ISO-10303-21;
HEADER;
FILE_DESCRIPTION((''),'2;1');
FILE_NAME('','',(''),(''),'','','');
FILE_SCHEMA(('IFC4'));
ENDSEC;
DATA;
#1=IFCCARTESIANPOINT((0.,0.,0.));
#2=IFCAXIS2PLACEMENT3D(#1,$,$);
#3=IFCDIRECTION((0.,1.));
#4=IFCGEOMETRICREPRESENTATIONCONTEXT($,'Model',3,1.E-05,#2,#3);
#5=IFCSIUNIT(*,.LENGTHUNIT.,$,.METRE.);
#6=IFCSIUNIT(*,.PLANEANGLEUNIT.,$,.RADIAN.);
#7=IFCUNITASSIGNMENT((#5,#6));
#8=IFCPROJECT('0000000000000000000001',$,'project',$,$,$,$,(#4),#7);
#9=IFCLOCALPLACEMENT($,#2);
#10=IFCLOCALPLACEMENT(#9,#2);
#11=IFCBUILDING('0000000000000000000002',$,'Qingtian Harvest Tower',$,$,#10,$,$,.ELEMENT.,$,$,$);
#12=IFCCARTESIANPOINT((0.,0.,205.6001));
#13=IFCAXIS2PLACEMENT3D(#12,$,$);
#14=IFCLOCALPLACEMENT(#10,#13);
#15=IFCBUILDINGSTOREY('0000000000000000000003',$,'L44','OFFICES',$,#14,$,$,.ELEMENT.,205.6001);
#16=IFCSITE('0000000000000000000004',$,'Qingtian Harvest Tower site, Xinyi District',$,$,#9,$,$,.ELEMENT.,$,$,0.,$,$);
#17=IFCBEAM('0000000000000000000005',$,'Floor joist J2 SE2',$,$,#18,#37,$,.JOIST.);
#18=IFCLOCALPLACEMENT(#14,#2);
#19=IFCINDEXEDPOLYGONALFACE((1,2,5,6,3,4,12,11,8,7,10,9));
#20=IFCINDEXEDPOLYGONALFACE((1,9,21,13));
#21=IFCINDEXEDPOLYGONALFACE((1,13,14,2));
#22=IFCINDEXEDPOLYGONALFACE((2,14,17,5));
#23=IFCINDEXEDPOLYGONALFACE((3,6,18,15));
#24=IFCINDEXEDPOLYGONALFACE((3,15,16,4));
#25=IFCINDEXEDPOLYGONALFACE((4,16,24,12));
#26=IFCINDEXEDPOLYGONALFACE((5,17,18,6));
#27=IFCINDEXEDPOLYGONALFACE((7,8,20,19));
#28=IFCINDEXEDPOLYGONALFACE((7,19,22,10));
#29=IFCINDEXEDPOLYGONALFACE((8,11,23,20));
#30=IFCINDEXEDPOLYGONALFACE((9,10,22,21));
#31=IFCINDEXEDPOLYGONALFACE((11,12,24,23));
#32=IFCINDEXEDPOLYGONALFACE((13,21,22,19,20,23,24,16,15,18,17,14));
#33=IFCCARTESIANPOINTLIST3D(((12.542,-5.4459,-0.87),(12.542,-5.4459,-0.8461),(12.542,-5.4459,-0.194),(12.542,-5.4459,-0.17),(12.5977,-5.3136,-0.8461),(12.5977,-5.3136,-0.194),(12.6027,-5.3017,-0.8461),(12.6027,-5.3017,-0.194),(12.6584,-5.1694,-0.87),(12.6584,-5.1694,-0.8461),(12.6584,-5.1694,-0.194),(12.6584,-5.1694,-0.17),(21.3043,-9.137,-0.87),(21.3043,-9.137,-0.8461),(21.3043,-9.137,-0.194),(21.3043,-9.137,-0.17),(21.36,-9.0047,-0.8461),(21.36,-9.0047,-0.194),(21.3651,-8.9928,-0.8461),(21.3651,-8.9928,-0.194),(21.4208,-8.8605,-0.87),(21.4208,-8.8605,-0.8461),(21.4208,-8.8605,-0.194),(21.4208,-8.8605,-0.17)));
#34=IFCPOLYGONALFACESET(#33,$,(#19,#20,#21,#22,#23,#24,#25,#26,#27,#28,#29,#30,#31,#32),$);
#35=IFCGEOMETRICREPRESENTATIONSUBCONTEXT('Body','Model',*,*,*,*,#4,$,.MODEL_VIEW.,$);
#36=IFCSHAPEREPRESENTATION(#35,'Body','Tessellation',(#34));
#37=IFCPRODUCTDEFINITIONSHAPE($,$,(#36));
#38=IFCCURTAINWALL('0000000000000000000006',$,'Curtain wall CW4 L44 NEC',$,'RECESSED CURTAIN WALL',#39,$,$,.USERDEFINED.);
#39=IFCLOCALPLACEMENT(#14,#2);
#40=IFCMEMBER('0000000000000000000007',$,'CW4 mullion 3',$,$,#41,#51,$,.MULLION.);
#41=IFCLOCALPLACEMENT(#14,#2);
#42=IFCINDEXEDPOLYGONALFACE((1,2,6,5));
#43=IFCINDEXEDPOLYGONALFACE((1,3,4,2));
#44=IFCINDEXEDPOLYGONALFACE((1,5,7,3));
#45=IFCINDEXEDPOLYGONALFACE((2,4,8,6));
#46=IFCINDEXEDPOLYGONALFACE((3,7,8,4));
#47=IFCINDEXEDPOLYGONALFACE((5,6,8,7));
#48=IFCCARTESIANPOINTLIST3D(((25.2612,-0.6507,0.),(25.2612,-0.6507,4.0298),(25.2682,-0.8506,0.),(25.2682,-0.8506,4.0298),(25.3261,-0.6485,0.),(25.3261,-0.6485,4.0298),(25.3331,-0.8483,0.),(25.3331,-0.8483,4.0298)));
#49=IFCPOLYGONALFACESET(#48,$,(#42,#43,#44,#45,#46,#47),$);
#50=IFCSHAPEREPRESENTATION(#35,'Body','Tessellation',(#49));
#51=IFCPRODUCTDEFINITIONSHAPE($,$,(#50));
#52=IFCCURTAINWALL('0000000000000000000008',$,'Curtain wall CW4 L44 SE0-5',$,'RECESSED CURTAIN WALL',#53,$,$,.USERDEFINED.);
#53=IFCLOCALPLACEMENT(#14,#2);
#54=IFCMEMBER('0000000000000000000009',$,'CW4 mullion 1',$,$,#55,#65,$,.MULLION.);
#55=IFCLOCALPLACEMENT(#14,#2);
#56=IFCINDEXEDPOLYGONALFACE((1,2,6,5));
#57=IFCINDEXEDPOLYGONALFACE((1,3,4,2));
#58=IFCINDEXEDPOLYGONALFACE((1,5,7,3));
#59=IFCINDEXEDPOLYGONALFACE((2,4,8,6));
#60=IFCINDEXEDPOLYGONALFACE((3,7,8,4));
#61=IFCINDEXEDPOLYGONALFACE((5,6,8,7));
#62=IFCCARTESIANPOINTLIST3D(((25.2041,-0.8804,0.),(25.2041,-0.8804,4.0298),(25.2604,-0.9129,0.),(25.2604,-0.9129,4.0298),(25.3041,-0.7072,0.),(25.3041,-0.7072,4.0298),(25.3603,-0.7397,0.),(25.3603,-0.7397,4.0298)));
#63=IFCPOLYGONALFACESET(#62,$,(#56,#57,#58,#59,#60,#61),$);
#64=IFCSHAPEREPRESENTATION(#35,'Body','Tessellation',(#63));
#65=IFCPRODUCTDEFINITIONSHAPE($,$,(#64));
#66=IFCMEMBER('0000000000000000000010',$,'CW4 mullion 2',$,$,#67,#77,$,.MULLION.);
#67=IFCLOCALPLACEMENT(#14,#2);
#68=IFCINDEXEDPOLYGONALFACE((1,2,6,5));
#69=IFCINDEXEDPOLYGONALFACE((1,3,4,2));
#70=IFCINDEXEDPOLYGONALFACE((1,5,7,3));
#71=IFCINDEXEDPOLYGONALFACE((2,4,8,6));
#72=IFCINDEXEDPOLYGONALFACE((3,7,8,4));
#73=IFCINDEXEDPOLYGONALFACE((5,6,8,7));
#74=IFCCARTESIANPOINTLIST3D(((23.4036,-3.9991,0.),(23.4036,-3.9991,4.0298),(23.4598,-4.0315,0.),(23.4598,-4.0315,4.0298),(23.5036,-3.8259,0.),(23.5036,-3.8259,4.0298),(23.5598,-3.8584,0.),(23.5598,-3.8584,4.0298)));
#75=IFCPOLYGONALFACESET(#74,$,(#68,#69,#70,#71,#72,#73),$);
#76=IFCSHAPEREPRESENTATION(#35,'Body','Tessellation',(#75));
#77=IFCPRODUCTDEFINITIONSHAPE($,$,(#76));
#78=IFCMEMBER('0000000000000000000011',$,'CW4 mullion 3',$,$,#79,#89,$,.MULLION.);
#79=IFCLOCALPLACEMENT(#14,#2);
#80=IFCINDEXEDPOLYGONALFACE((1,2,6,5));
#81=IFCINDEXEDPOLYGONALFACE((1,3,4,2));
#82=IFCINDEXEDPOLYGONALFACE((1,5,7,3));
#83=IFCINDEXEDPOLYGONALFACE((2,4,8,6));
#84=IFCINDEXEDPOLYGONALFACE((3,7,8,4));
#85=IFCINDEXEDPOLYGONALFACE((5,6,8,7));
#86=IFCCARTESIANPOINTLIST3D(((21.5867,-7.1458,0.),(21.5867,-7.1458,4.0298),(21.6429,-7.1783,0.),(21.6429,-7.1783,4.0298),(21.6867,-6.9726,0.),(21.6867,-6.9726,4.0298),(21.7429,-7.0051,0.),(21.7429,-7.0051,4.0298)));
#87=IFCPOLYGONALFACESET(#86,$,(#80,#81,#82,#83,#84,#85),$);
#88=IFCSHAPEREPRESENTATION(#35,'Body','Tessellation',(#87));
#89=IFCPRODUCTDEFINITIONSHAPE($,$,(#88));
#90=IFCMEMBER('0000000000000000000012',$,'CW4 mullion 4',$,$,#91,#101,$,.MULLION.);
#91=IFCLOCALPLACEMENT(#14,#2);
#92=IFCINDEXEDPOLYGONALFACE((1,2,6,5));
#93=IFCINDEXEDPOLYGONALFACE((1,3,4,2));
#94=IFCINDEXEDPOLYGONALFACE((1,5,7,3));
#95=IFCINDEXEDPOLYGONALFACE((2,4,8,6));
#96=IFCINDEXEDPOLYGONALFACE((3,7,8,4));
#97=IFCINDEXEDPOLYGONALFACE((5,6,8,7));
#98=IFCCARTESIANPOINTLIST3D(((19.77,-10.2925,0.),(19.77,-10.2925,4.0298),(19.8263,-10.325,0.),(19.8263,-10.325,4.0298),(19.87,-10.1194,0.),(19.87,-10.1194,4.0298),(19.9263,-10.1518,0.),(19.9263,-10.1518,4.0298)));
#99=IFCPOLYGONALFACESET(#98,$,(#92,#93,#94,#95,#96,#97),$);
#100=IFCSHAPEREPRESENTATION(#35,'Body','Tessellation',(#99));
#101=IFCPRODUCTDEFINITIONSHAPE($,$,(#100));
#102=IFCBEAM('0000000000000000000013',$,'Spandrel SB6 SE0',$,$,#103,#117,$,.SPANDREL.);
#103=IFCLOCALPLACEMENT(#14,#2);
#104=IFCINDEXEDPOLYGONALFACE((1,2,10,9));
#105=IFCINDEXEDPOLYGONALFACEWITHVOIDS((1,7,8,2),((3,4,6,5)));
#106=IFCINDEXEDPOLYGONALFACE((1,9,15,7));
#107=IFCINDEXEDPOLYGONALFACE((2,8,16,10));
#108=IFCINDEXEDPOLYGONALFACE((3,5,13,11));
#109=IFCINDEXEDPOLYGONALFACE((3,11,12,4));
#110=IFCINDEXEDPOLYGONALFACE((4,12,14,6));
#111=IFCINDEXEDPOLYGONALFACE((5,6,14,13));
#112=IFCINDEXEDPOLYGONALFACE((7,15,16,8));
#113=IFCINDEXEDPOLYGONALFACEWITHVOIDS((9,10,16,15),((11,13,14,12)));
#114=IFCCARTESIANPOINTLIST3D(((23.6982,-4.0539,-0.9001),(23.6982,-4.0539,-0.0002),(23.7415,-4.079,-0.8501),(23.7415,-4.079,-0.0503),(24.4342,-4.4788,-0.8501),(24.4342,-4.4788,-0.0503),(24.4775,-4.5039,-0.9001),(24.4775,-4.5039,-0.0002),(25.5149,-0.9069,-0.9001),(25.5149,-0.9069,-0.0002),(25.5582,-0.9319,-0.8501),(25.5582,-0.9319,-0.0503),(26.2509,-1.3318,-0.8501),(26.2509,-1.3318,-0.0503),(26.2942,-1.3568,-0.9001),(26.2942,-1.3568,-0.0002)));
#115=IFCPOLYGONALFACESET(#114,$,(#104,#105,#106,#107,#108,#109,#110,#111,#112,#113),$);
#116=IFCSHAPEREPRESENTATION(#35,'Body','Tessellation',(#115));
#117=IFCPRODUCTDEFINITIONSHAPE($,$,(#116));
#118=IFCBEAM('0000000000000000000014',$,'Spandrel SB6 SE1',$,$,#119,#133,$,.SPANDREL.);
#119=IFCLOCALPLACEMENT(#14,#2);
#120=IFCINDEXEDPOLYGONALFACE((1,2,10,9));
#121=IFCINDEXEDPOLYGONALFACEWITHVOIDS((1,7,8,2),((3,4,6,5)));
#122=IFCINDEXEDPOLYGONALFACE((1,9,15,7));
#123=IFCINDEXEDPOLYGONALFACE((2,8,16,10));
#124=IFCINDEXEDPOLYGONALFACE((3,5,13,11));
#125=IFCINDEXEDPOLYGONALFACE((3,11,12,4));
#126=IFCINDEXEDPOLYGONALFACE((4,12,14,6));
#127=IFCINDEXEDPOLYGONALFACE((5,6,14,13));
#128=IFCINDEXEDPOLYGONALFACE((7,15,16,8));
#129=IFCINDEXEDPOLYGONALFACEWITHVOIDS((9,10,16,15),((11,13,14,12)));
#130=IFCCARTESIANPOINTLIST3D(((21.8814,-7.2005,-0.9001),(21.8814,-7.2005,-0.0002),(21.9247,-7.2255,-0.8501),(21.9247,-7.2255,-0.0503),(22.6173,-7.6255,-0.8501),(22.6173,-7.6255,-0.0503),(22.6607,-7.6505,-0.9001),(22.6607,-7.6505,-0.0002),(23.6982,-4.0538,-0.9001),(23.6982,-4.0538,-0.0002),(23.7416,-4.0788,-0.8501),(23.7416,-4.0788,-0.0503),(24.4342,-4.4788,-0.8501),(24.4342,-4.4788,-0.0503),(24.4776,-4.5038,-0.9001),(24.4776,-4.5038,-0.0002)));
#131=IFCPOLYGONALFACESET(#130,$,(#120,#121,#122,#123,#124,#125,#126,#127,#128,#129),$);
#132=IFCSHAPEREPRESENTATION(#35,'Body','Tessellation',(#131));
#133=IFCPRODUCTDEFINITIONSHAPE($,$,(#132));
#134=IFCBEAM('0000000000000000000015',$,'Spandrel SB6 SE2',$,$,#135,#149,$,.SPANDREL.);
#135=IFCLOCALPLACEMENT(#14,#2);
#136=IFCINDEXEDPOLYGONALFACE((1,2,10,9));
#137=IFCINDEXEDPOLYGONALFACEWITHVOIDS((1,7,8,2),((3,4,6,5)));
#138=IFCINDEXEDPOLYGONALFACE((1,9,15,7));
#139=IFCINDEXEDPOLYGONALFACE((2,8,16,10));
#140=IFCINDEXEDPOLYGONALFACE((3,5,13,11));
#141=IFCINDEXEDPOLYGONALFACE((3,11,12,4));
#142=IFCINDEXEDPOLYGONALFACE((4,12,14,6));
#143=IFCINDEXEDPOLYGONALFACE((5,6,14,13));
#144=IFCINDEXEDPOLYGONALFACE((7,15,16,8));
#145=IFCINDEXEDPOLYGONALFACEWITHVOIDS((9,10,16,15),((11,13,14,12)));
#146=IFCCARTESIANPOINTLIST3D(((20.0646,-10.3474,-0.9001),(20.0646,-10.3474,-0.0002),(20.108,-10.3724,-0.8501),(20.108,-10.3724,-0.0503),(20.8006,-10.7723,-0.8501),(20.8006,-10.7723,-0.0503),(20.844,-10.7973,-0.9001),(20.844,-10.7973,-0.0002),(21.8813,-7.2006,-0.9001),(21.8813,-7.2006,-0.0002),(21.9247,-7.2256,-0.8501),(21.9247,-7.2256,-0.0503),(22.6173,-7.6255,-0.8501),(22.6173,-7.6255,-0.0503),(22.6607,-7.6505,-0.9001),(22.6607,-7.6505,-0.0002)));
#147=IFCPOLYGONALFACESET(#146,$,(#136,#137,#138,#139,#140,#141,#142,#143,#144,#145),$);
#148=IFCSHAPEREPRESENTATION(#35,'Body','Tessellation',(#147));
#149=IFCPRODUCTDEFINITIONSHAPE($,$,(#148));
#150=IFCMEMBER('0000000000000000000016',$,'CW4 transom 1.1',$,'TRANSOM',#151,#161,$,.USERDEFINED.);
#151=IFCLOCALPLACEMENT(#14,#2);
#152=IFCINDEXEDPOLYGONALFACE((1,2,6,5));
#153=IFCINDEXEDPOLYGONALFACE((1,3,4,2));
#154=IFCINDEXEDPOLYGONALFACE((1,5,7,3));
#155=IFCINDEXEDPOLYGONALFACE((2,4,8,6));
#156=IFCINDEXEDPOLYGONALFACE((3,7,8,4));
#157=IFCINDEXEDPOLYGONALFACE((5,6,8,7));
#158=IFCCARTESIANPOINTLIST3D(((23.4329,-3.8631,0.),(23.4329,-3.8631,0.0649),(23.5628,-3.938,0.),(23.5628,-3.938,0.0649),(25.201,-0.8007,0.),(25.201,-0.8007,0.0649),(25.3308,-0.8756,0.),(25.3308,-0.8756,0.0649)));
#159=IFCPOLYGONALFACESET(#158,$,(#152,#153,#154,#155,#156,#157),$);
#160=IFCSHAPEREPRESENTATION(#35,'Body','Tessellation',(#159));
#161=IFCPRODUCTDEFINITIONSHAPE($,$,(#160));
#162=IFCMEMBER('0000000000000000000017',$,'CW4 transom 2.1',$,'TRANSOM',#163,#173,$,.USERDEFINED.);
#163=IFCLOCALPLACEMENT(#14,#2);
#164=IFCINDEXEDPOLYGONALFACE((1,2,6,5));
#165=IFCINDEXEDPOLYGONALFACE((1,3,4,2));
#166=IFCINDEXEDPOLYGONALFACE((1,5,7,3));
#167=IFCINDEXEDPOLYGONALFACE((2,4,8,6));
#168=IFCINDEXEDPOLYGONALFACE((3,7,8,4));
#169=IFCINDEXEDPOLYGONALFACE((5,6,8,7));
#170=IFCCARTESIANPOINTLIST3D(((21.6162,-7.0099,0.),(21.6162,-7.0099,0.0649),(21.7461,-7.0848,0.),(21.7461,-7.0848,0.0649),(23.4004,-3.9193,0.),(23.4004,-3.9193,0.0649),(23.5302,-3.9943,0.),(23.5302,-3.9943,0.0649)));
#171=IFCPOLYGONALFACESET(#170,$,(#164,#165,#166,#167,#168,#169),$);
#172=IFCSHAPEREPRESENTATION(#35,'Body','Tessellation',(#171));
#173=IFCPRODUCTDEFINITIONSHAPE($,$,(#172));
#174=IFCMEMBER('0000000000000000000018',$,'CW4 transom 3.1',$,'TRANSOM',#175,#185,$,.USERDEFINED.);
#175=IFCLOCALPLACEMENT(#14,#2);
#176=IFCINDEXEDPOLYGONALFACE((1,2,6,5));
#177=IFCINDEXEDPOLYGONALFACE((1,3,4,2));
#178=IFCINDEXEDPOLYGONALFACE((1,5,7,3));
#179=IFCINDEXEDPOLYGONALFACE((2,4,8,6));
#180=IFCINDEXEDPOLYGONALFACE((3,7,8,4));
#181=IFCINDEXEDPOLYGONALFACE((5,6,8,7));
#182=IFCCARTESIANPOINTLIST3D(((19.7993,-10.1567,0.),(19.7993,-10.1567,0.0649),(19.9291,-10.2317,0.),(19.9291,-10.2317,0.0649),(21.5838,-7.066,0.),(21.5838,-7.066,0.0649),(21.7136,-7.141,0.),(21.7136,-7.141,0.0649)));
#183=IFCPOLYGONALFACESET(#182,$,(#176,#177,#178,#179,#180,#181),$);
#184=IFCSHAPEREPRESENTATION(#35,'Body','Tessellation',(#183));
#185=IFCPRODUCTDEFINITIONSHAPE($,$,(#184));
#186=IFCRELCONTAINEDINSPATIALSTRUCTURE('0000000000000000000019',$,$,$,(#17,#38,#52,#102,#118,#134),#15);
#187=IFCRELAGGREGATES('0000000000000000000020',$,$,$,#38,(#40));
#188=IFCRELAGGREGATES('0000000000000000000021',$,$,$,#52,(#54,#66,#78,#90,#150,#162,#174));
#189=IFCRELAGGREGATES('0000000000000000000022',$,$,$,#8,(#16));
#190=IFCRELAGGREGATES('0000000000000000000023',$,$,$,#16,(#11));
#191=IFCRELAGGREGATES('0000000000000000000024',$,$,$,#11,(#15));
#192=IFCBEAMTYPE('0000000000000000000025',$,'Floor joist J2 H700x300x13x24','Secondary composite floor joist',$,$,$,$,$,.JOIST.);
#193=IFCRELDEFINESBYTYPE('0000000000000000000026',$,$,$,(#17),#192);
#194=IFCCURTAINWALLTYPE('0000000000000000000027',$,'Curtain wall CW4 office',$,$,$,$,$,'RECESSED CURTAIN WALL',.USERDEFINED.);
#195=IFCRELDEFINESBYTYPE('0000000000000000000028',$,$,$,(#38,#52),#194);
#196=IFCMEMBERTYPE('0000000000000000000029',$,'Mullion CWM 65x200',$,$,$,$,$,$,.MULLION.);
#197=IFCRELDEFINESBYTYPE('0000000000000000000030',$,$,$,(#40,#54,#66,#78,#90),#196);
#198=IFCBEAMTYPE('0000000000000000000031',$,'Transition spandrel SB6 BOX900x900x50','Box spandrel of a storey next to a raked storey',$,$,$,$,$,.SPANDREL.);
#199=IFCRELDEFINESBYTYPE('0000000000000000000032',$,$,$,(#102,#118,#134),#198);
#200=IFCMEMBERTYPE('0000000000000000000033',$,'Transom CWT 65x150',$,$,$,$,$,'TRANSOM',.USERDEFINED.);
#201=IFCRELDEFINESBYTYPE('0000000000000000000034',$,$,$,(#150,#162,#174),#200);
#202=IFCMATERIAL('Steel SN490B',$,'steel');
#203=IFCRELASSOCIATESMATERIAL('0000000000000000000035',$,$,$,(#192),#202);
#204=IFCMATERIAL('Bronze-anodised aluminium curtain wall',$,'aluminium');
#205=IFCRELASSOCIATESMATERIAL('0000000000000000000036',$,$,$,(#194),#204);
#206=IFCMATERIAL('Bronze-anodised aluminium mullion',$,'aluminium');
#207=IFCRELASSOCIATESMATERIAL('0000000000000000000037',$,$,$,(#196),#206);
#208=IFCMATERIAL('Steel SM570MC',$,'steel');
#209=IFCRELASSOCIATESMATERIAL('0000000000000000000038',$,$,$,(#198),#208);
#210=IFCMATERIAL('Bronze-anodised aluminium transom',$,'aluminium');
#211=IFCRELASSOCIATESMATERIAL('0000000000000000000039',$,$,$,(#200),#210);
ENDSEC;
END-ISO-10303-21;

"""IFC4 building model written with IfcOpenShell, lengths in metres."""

from ifc_helpers import new_model, si_unit, direction, frame, origin, origin_2d, place, context, subcontext, project, spatial, rectangle, hollow_rectangle, i_section, extrude, material, material_profile, profile_set, type_object, element, aggregate, save


model = new_model("IFC4")

# Units and contexts
model_context = context("Model", 3, precision=1e-05, world=origin(), true_north=direction((0.0, 1.0)))
body_context = subcontext(model_context, "Body", "Model", "MODEL_VIEW")
ifc_project = project(units=[si_unit("LENGTHUNIT", "METRE"), si_unit("PLANEANGLEUNIT", "RADIAN")], contexts=[model_context])

# Site, building, storey
site_placement = place(None, origin())
site = spatial("IfcSite", under=ifc_project, at=site_placement, Name="Qingtian Harvest Tower site, Xinyi District", CompositionType="ELEMENT", RefElevation=0.0)
building_placement = place(site_placement, origin())
building = spatial("IfcBuilding", under=site, at=building_placement, Name="Qingtian Harvest Tower", CompositionType="ELEMENT")
storey_placement = place(building_placement, frame((0.0, 0.0, 205.6001)))
storey = spatial("IfcBuildingStorey", under=building, at=storey_placement, Name="L44", Description="OFFICES", CompositionType="ELEMENT", Elevation=205.6001)

# Beam
ifc_material_1 = material(Name="Steel SN490B", Category="steel")
ifc_material_profile_1 = material_profile(ifc_material_1, i_section(OverallWidth=0.3, OverallDepth=0.7, WebThickness=0.0129, FlangeThickness=0.0239, at=origin_2d()), Name="H700x300x13x24")
ifc_profile_set_1 = profile_set([ifc_material_profile_1], Name="Steel SN490B")
beam_type_1 = type_object("IfcBeamType", Name="Floor joist J2 H700x300x13x24", Description="Secondary composite floor joist", PredefinedType="JOIST", material=ifc_profile_set_1)
beam_1_placement = place(storey_placement, frame((21.3625, -8.9988, -0.52), z_axis=(-0.921571, 0.38821, 0.0), x_axis=(-0.38821, -0.921571, 0.0)))
element("IfcBeam", 1, at=beam_1_placement, inside=storey, type_object=beam_type_1, Name="Floor joist J2 SE2", PredefinedType="JOIST", context=body_context, shape_type="SweptSolid", body=[
    extrude(i_section(OverallWidth=0.3, OverallDepth=0.7, WebThickness=0.0129, FlangeThickness=0.0239, at=origin_2d()), origin(), (0.0, 0.0, 1.0), 9.5081),
])

# Curtain wall, member
ifc_material_2 = material(Name="Bronze-anodised aluminium curtain wall", Category="aluminium")
curtain_wall_type = type_object("IfcCurtainWallType", Name="Curtain wall CW4 office", ElementType="RECESSED CURTAIN WALL", PredefinedType="USERDEFINED", material=ifc_material_2)
curtain_wall_1_placement = place(storey_placement, origin())
curtain_wall_1 = element("IfcCurtainWall", 2, at=curtain_wall_1_placement, inside=storey, type_object=curtain_wall_type, Name="Curtain wall CW4 L44 NEC", ObjectType="RECESSED CURTAIN WALL", PredefinedType="USERDEFINED")
ifc_material_3 = material(Name="Bronze-anodised aluminium mullion", Category="aluminium")
ifc_material_profile_2 = material_profile(ifc_material_3, rectangle(XDim=0.0649, YDim=0.2, at=origin_2d()), Name="AL 65x200")
ifc_profile_set_2 = profile_set([ifc_material_profile_2], Name="Bronze-anodised aluminium mullion")
member_type_1 = type_object("IfcMemberType", Name="Mullion CWM 65x200", PredefinedType="MULLION", material=ifc_profile_set_2)
member_1_placement = place(storey_placement, frame((25.2971, -0.7495, 0.0), z_axis=(0.0, 0.0, 1.0), x_axis=(0.999391, 0.034899, 0.0)))
member_1 = element("IfcMember", 3, at=member_1_placement, type_object=member_type_1, Name="CW4 mullion 3", PredefinedType="MULLION", context=body_context, shape_type="SweptSolid", body=[
    extrude(rectangle(XDim=0.0649, YDim=0.2, at=origin_2d()), origin(), (0.0, 0.0, 1.0), 4.0298),
])
aggregate(curtain_wall_1, [member_1])

# Curtain wall, members
curtain_wall_2_placement = place(storey_placement, origin())
curtain_wall_2 = element("IfcCurtainWall", 4, at=curtain_wall_2_placement, inside=storey, type_object=curtain_wall_type, Name="Curtain wall CW4 L44 SE0-5", ObjectType="RECESSED CURTAIN WALL", PredefinedType="USERDEFINED")
member_2_placement = place(storey_placement, frame((25.2822, -0.8101, 0.0), z_axis=(0.0, 0.0, 1.0), x_axis=(0.866025, -0.5, 0.0)))
member_2 = element("IfcMember", 5, at=member_2_placement, type_object=member_type_1, Name="CW4 mullion 1", PredefinedType="MULLION", context=body_context, shape_type="SweptSolid", body=[
    extrude(rectangle(XDim=0.0649, YDim=0.2, at=origin_2d()), origin(), (0.0, 0.0, 1.0), 4.0298),
])
member_3_placement = place(storey_placement, frame((23.4817, -3.9287, 0.0), z_axis=(0.0, 0.0, 1.0), x_axis=(0.866025, -0.5, 0.0)))
member_3 = element("IfcMember", 6, at=member_3_placement, type_object=member_type_1, Name="CW4 mullion 2", PredefinedType="MULLION", context=body_context, shape_type="SweptSolid", body=[
    extrude(rectangle(XDim=0.0649, YDim=0.2, at=origin_2d()), origin(), (0.0, 0.0, 1.0), 4.0298),
])
member_4_placement = place(storey_placement, frame((21.6648, -7.0754, 0.0), z_axis=(0.0, 0.0, 1.0), x_axis=(0.866025, -0.5, 0.0)))
member_4 = element("IfcMember", 7, at=member_4_placement, type_object=member_type_1, Name="CW4 mullion 3", PredefinedType="MULLION", context=body_context, shape_type="SweptSolid", body=[
    extrude(rectangle(XDim=0.0649, YDim=0.2, at=origin_2d()), origin(), (0.0, 0.0, 1.0), 4.0298),
])
member_5_placement = place(storey_placement, frame((19.8481, -10.2222, 0.0), z_axis=(0.0, 0.0, 1.0), x_axis=(0.866025, -0.5, 0.0)))
member_5 = element("IfcMember", 8, at=member_5_placement, type_object=member_type_1, Name="CW4 mullion 4", PredefinedType="MULLION", context=body_context, shape_type="SweptSolid", body=[
    extrude(rectangle(XDim=0.0649, YDim=0.2, at=origin_2d()), origin(), (0.0, 0.0, 1.0), 4.0298),
])

# Beams
ifc_material_4 = material(Name="Steel SM570MC", Category="steel")
ifc_material_profile_3 = material_profile(ifc_material_4, hollow_rectangle(XDim=0.8999, YDim=0.8999, WallThickness=0.05, at=origin_2d()), Name="BOX900x900x50")
ifc_profile_set_3 = profile_set([ifc_material_profile_3], Name="Steel SM570MC")
beam_type_2 = type_object("IfcBeamType", Name="Transition spandrel SB6 BOX900x900x50", Description="Box spandrel of a storey next to a raked storey", PredefinedType="SPANDREL", material=ifc_profile_set_3)
beam_2_placement = place(storey_placement, frame((25.9045, -1.1318, -0.4502), z_axis=(-0.499947, -0.866056, 0.0), x_axis=(0.866056, -0.499947, 0.0)))
element("IfcBeam", 9, at=beam_2_placement, inside=storey, type_object=beam_type_2, Name="Spandrel SB6 SE0", PredefinedType="SPANDREL", context=body_context, shape_type="SweptSolid", body=[
    extrude(hollow_rectangle(XDim=0.8999, YDim=0.8999, WallThickness=0.05, at=origin_2d()), origin(), (0.0, 0.0, 1.0), 3.6338),
])
for number, where, z_axis, x_axis, name in (
    (10, (24.0879, -4.2788, -0.4502), (-0.500027, -0.86601, 0.0), (0.86601, -0.500027, 0.0), "Spandrel SB6 SE1"),
    (11, (22.271, -7.4255, -0.4502), (-0.499976, -0.866039, 0.0), (0.866039, -0.499976, 0.0), "Spandrel SB6 SE2"),
):
    element("IfcBeam", number, at=place(storey_placement, frame(where, z_axis=z_axis, x_axis=x_axis)), inside=storey, type_object=beam_type_2, Name=name, PredefinedType="SPANDREL", context=body_context, shape_type="SweptSolid", body=[
        extrude(hollow_rectangle(XDim=0.8999, YDim=0.8999, WallThickness=0.05, at=origin_2d()), origin(), (0.0, 0.0, 1.0), 3.6335),
    ])

# Members
ifc_material_5 = material(Name="Bronze-anodised aluminium transom", Category="aluminium")
ifc_material_profile_4 = material_profile(ifc_material_5, rectangle(XDim=0.1499, YDim=0.0649, at=origin_2d()), Name="AL 65x150")
ifc_profile_set_4 = profile_set([ifc_material_profile_4], Name="Bronze-anodised aluminium transom")
member_type_2 = type_object("IfcMemberType", Name="Transom CWT 65x150", ElementType="TRANSOM", PredefinedType="USERDEFINED", material=ifc_profile_set_4)
member_6_placement = place(storey_placement, frame((25.2659, -0.8381, 0.0325), z_axis=(-0.499985, -0.866034, 0.0), x_axis=(0.866034, -0.499985, 0.0)))
member_6 = element("IfcMember", 12, at=member_6_placement, type_object=member_type_2, Name="CW4 transom 1.1", ObjectType="TRANSOM", PredefinedType="USERDEFINED", context=body_context, shape_type="SweptSolid", body=[
    extrude(rectangle(XDim=0.1499, YDim=0.0649, at=origin_2d()), origin(), (0.0, 0.0, 1.0), 3.5361),
])
member_7_placement = place(storey_placement, frame((23.4653, -3.9568, 0.0325), z_axis=(-0.499965, -0.866045, 0.0), x_axis=(0.866045, -0.499965, 0.0)))
member_7 = element("IfcMember", 13, at=member_7_placement, type_object=member_type_2, Name="CW4 transom 2.1", ObjectType="TRANSOM", PredefinedType="USERDEFINED", context=body_context, shape_type="SweptSolid", body=[
    extrude(rectangle(XDim=0.1499, YDim=0.0649, at=origin_2d()), origin(), (0.0, 0.0, 1.0), 3.5686),
])
member_8_placement = place(storey_placement, frame((21.6487, -7.1035, 0.0325), z_axis=(-0.500017, -0.866016, 0.0), x_axis=(0.866016, -0.500017, 0.0)))
member_8 = element("IfcMember", 14, at=member_8_placement, type_object=member_type_2, Name="CW4 transom 3.1", ObjectType="TRANSOM", PredefinedType="USERDEFINED", context=body_context, shape_type="SweptSolid", body=[
    extrude(rectangle(XDim=0.1499, YDim=0.0649, at=origin_2d()), origin(), (0.0, 0.0, 1.0), 3.5688),
])

aggregate(curtain_wall_2, [member_2, member_3, member_4, member_5, member_6, member_7, member_8])

save(model, "model.ifc")
